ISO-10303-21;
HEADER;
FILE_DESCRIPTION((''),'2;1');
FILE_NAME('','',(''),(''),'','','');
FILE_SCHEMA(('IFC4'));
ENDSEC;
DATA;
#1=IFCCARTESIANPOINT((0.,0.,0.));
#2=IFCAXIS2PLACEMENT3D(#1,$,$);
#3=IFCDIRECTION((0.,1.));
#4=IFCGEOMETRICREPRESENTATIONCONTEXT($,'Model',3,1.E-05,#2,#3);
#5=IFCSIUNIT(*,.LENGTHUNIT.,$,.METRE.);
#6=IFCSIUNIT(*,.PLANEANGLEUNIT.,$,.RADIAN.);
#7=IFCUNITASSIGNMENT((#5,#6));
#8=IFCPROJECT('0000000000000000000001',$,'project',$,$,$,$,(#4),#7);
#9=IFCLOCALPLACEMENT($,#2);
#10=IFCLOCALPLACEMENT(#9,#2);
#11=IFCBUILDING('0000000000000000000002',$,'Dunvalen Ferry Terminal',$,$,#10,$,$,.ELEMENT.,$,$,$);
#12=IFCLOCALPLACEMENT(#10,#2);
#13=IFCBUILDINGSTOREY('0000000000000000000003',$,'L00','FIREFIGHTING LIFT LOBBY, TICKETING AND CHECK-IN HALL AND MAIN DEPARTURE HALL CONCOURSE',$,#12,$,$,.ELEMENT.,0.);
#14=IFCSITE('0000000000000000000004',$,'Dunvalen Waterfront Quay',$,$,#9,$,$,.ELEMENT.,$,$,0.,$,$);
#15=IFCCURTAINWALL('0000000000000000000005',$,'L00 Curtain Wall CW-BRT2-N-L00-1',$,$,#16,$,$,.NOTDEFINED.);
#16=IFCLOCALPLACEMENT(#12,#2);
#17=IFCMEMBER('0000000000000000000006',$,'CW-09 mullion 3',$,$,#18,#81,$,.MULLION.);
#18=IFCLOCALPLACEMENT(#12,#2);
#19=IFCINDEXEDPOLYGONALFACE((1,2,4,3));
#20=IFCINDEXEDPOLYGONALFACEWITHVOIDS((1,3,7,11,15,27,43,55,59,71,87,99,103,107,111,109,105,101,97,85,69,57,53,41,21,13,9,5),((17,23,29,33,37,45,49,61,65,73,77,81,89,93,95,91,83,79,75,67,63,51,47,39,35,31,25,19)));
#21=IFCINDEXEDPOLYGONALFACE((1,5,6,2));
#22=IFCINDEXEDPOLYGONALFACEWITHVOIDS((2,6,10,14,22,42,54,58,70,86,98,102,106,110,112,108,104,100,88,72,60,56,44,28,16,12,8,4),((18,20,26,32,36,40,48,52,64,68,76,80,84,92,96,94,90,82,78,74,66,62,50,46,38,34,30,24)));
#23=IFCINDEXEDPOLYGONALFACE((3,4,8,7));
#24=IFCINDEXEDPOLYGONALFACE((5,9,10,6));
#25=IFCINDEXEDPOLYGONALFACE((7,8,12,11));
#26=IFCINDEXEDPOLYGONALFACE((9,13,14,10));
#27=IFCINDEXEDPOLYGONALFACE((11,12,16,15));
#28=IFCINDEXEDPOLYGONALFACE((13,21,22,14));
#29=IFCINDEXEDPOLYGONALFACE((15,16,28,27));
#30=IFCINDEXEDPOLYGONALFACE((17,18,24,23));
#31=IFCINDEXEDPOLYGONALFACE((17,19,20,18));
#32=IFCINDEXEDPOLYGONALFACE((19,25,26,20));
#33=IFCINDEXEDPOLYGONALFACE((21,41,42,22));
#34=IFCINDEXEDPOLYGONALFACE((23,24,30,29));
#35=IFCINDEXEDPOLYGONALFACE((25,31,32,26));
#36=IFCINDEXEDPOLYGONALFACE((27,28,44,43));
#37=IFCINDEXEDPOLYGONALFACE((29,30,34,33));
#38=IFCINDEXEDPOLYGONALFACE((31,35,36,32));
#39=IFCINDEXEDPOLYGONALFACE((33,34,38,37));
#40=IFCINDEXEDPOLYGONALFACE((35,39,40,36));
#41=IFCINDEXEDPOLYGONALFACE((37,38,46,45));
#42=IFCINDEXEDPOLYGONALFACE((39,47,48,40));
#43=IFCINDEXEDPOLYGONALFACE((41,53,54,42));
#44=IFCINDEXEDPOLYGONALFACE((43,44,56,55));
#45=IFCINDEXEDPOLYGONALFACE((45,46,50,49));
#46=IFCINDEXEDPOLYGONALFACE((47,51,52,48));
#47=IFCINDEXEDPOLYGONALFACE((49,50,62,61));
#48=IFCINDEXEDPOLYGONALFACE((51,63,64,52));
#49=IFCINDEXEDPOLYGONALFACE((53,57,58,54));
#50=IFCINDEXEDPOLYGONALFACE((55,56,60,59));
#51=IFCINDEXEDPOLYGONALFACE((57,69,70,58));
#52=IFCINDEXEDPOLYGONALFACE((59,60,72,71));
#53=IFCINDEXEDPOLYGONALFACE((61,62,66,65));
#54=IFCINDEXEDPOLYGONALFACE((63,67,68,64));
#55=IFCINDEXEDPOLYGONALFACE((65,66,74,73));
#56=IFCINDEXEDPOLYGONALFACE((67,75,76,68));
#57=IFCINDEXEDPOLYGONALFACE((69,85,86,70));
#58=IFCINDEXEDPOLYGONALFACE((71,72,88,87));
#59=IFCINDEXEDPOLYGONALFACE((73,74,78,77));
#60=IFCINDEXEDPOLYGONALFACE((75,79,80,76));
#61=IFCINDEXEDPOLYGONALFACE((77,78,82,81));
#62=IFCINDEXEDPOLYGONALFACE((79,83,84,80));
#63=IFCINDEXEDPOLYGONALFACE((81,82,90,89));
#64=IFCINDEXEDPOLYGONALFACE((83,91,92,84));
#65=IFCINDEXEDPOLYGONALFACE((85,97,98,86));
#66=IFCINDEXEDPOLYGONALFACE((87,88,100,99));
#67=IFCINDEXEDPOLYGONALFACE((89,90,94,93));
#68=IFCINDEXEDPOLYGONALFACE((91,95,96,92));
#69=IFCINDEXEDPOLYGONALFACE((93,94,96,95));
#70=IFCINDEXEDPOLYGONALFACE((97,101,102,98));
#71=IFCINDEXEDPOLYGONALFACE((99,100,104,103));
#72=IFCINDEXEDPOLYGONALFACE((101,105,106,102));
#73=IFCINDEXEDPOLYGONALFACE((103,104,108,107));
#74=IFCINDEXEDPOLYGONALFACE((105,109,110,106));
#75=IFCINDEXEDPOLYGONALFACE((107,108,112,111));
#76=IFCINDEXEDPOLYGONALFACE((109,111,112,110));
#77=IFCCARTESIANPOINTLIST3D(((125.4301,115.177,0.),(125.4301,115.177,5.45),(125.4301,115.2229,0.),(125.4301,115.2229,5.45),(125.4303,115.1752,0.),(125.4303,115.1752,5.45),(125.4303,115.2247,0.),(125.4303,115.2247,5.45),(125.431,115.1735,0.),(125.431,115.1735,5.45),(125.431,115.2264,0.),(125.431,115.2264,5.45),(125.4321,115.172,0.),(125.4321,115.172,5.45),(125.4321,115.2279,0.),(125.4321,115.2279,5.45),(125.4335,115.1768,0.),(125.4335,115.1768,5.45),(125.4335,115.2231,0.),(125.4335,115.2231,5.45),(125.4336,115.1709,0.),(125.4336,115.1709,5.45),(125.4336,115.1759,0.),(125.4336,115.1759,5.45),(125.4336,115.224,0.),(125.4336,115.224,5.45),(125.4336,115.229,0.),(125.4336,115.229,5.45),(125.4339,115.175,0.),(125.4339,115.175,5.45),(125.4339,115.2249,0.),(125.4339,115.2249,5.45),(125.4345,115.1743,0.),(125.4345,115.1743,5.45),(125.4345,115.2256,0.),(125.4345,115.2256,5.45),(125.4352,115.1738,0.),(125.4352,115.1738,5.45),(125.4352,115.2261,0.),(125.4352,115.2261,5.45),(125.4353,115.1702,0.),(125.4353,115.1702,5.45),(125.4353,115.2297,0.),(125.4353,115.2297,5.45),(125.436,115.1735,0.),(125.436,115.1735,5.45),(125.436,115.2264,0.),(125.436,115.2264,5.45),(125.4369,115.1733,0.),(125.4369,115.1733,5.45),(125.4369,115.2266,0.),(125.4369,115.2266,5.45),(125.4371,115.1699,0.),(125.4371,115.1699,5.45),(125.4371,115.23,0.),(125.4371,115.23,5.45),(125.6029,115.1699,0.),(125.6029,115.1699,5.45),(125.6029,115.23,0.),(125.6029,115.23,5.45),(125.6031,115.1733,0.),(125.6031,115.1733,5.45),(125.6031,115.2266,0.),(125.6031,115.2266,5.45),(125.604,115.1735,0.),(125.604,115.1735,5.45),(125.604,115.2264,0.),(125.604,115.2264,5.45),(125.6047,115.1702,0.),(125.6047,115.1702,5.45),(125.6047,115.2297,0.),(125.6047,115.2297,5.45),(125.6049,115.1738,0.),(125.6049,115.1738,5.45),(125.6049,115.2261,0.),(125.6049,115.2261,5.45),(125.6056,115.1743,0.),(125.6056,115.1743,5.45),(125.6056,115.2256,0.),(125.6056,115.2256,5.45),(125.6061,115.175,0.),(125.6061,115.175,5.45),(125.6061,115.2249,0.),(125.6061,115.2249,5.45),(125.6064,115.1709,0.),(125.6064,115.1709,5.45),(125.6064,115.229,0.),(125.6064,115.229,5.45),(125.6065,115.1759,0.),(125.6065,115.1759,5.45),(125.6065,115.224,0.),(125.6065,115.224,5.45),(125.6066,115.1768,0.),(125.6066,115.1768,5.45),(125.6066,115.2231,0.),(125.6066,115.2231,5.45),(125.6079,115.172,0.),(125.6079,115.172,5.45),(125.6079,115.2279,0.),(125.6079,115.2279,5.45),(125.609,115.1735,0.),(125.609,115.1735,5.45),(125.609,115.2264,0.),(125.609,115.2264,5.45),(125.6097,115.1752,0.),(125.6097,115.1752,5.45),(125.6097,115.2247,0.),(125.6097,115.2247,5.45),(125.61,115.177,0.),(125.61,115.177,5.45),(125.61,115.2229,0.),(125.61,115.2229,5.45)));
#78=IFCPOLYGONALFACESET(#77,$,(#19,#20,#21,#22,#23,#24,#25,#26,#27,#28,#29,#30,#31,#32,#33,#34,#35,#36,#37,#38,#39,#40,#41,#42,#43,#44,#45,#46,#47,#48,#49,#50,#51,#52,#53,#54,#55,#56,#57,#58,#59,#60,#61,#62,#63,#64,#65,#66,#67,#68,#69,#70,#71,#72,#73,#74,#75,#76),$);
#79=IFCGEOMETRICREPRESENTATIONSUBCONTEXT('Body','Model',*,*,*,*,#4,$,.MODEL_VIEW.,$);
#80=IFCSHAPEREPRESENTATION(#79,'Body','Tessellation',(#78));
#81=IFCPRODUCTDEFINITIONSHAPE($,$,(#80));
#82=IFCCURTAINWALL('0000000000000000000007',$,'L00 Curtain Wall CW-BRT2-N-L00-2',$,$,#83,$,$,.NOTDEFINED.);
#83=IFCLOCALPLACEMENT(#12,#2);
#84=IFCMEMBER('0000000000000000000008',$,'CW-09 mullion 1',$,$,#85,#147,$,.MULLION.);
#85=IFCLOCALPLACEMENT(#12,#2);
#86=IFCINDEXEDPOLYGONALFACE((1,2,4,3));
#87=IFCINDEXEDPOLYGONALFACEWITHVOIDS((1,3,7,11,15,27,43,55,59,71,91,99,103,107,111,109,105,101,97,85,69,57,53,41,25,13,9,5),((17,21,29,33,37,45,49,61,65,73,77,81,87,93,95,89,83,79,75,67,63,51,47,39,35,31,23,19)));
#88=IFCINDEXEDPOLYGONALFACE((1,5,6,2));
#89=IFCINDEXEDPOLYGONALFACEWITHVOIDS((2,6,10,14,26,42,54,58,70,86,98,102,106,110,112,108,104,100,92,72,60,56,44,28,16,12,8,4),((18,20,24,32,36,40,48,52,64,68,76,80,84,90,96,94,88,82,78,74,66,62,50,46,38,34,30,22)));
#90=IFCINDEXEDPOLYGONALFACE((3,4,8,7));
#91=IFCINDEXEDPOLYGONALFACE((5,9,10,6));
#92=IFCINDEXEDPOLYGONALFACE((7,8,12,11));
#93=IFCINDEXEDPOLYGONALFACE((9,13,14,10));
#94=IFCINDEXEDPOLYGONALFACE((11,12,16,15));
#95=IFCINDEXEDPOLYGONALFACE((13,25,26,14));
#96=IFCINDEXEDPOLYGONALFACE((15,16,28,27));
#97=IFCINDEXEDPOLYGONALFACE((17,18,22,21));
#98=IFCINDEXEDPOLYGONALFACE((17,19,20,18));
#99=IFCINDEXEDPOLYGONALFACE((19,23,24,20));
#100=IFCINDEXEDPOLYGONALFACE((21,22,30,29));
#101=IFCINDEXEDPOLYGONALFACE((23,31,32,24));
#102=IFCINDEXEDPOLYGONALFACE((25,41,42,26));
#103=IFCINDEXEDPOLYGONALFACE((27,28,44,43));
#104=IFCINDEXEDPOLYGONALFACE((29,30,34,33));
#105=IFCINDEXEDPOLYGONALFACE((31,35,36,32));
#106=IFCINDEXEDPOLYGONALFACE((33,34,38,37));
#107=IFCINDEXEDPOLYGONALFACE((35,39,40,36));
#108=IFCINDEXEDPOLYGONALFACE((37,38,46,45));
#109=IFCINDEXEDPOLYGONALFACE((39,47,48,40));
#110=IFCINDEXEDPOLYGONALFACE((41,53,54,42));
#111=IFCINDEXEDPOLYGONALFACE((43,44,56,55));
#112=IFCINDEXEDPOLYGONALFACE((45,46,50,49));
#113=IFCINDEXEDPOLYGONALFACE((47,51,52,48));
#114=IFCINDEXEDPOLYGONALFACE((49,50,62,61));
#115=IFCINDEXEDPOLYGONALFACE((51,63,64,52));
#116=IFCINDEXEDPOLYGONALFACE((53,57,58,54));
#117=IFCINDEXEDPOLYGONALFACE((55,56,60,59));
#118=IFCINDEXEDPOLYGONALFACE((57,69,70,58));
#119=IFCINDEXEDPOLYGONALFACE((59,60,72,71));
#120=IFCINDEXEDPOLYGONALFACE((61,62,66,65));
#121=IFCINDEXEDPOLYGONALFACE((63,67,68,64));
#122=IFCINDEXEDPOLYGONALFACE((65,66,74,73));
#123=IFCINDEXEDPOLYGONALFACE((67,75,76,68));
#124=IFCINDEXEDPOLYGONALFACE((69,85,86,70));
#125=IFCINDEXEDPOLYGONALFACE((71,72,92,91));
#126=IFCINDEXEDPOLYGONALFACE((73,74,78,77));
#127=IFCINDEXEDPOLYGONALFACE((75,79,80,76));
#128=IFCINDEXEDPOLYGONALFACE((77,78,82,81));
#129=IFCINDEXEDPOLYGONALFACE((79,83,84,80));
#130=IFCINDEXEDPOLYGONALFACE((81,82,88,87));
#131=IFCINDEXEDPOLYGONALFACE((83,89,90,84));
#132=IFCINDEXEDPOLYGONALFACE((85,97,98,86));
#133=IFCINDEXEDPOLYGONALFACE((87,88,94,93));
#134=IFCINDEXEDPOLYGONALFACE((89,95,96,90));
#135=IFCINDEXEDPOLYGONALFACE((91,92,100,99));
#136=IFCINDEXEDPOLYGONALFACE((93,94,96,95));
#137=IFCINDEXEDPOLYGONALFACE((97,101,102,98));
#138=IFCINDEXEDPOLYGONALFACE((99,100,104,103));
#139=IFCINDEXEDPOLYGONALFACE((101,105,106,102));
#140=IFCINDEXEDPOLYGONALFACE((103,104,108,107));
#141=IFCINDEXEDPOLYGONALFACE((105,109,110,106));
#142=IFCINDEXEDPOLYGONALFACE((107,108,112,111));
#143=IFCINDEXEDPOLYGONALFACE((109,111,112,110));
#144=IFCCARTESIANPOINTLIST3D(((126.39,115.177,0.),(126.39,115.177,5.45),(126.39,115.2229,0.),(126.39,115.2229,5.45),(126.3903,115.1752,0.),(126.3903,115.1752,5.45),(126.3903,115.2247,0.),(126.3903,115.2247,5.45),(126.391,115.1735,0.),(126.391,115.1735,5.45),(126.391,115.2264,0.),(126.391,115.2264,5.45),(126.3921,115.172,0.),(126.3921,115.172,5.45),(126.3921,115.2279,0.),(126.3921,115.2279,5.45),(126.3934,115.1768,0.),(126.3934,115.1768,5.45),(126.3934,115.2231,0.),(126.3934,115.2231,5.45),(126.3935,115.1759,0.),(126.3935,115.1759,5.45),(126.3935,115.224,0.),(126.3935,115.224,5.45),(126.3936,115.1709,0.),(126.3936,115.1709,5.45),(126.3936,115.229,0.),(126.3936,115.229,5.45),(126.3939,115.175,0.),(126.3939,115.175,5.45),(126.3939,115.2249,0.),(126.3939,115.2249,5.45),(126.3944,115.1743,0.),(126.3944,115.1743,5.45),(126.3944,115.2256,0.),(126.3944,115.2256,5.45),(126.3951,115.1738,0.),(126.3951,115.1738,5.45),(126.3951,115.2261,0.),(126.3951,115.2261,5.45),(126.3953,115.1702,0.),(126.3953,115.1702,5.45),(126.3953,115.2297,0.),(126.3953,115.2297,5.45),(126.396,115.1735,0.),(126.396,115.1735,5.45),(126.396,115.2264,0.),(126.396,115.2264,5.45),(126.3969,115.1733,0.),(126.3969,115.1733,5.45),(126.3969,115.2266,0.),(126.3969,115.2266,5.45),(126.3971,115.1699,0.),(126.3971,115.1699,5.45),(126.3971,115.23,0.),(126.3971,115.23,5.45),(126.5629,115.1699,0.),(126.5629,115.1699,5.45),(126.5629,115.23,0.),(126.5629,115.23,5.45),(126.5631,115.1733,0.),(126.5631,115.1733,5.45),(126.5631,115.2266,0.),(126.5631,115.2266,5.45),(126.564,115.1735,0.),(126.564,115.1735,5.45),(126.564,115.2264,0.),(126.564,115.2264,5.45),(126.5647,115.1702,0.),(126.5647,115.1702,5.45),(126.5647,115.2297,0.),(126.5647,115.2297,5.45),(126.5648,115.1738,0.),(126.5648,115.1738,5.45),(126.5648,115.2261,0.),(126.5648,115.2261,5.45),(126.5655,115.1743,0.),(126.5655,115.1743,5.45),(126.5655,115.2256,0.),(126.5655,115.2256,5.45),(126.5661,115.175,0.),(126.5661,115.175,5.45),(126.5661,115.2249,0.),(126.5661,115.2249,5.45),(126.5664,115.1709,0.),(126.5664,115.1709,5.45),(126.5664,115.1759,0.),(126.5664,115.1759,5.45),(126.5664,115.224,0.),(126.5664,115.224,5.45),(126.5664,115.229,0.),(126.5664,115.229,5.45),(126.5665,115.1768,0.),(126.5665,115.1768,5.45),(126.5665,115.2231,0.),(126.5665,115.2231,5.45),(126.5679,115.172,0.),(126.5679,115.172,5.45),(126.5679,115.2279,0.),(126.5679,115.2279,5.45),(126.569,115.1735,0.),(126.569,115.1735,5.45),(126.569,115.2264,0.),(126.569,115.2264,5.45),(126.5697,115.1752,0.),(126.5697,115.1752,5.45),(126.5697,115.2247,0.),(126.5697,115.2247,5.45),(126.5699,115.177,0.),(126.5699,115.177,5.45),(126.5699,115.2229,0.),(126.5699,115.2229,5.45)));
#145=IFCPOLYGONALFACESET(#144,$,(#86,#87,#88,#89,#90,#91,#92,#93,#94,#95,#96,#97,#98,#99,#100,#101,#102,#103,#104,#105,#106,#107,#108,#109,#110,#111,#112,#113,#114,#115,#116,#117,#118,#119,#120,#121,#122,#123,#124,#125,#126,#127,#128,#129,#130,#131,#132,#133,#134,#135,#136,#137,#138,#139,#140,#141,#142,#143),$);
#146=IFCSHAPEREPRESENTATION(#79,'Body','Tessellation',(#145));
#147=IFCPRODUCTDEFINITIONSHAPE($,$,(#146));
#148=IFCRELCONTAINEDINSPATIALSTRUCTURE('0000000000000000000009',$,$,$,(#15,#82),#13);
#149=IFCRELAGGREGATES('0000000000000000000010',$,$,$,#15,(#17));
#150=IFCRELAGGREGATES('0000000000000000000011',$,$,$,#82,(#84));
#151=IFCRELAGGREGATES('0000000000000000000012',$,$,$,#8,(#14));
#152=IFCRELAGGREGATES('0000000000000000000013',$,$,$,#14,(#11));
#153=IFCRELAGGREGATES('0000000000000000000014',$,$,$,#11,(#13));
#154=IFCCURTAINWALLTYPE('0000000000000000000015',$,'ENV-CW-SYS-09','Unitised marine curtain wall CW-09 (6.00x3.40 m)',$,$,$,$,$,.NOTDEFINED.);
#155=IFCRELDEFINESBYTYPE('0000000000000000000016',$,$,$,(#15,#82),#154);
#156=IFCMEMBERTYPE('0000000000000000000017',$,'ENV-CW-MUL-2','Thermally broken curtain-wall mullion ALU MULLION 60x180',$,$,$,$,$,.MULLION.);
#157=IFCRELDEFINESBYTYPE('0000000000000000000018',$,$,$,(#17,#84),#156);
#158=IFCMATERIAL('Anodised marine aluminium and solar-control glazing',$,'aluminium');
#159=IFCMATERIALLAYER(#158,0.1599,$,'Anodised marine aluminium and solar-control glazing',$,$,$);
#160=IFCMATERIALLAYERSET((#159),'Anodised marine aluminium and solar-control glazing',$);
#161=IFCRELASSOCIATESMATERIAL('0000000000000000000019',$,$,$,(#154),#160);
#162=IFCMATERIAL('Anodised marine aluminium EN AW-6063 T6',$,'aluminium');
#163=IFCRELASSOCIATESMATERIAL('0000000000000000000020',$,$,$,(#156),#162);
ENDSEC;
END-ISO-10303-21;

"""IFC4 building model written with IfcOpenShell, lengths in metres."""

from ifc_helpers import new_model, si_unit, direction, frame, origin, origin_2d, place, context, subcontext, project, spatial, hollow_rectangle, extrude, material, layer, layer_set, material_profile, profile_set, type_object, element, aggregate, save


model = new_model("IFC4")

# Units and contexts
model_context = context("Model", 3, precision=1e-05, world=origin(), true_north=direction((0.0, 1.0)))
body_context = subcontext(model_context, "Body", "Model", "MODEL_VIEW")
ifc_project = project(units=[si_unit("LENGTHUNIT", "METRE"), si_unit("PLANEANGLEUNIT", "RADIAN")], contexts=[model_context])

# Site, building, storey
site_placement = place(None, origin())
site = spatial("IfcSite", under=ifc_project, at=site_placement, Name="Dunvalen Waterfront Quay", CompositionType="ELEMENT", RefElevation=0.0)
building_placement = place(site_placement, origin())
building = spatial("IfcBuilding", under=site, at=building_placement, Name="Dunvalen Ferry Terminal", CompositionType="ELEMENT")
storey_placement = place(building_placement, origin())
storey = spatial("IfcBuildingStorey", under=building, at=storey_placement, Name="L00", Description="FIREFIGHTING LIFT LOBBY, TICKETING AND CHECK-IN HALL AND MAIN DEPARTURE HALL CONCOURSE", CompositionType="ELEMENT", Elevation=0.0)

# Curtain wall, member
ifc_material_1 = material(Name="Anodised marine aluminium and solar-control glazing", Category="aluminium")
ifc_layer_1 = layer(ifc_material_1, 0.1599, Name="Anodised marine aluminium and solar-control glazing")
ifc_layer_set_1 = layer_set([ifc_layer_1], Name="Anodised marine aluminium and solar-control glazing")
curtain_wall_type = type_object("IfcCurtainWallType", Name="ENV-CW-SYS-09", Description="Unitised marine curtain wall CW-09 (6.00x3.40 m)", PredefinedType="NOTDEFINED", material=ifc_layer_set_1)
curtain_wall_1_placement = place(storey_placement, origin())
curtain_wall_1 = element("IfcCurtainWall", 1, at=curtain_wall_1_placement, inside=storey, type_object=curtain_wall_type, Name="L00 Curtain Wall CW-BRT2-N-L00-1", PredefinedType="NOTDEFINED")
ifc_material_2 = material(Name="Anodised marine aluminium EN AW-6063 T6", Category="aluminium")
ifc_material_profile_1 = material_profile(ifc_material_2, hollow_rectangle(XDim=0.0601, YDim=0.1799, WallThickness=0.0034, InnerFilletRadius=0.0034, OuterFilletRadius=0.0071, at=origin_2d()), Name="Anodised marine aluminium EN AW-6063 T6")
ifc_profile_set_1 = profile_set([ifc_material_profile_1], Name="Anodised marine aluminium EN AW-6063 T6")
member_type_1 = type_object("IfcMemberType", Name="ENV-CW-MUL-2", Description="Thermally broken curtain-wall mullion ALU MULLION 60x180", PredefinedType="MULLION", material=ifc_profile_set_1)
member_1_placement = place(storey_placement, frame((125.52, 115.2, 0.0), z_axis=(0.0, 0.0, 1.0), x_axis=(0.0, 1.0, 0.0)))
member_1 = element("IfcMember", 2, at=member_1_placement, type_object=member_type_1, Name="CW-09 mullion 3", PredefinedType="MULLION", context=body_context, shape_type="SweptSolid", body=[
    extrude(hollow_rectangle(XDim=0.0601, YDim=0.1799, WallThickness=0.0034, InnerFilletRadius=0.0034, OuterFilletRadius=0.0071, at=origin_2d()), origin(), (0.0, 0.0, 1.0), 5.45),
])

# Curtain wall, member
curtain_wall_2_placement = place(storey_placement, origin())
curtain_wall_2 = element("IfcCurtainWall", 3, at=curtain_wall_2_placement, inside=storey, type_object=curtain_wall_type, Name="L00 Curtain Wall CW-BRT2-N-L00-2", PredefinedType="NOTDEFINED")
member_2_placement = place(storey_placement, frame((126.48, 115.2, 0.0), z_axis=(0.0, 0.0, 1.0), x_axis=(0.0, 1.0, 0.0)))
member_2 = element("IfcMember", 4, at=member_2_placement, type_object=member_type_1, Name="CW-09 mullion 1", PredefinedType="MULLION", context=body_context, shape_type="SweptSolid", body=[
    extrude(hollow_rectangle(XDim=0.0601, YDim=0.1799, WallThickness=0.0034, InnerFilletRadius=0.0034, OuterFilletRadius=0.0071, at=origin_2d()), origin(), (0.0, 0.0, 1.0), 5.45),
])

aggregate(curtain_wall_1, [member_1])
aggregate(curtain_wall_2, [member_2])

save(model, "model.ifc")
